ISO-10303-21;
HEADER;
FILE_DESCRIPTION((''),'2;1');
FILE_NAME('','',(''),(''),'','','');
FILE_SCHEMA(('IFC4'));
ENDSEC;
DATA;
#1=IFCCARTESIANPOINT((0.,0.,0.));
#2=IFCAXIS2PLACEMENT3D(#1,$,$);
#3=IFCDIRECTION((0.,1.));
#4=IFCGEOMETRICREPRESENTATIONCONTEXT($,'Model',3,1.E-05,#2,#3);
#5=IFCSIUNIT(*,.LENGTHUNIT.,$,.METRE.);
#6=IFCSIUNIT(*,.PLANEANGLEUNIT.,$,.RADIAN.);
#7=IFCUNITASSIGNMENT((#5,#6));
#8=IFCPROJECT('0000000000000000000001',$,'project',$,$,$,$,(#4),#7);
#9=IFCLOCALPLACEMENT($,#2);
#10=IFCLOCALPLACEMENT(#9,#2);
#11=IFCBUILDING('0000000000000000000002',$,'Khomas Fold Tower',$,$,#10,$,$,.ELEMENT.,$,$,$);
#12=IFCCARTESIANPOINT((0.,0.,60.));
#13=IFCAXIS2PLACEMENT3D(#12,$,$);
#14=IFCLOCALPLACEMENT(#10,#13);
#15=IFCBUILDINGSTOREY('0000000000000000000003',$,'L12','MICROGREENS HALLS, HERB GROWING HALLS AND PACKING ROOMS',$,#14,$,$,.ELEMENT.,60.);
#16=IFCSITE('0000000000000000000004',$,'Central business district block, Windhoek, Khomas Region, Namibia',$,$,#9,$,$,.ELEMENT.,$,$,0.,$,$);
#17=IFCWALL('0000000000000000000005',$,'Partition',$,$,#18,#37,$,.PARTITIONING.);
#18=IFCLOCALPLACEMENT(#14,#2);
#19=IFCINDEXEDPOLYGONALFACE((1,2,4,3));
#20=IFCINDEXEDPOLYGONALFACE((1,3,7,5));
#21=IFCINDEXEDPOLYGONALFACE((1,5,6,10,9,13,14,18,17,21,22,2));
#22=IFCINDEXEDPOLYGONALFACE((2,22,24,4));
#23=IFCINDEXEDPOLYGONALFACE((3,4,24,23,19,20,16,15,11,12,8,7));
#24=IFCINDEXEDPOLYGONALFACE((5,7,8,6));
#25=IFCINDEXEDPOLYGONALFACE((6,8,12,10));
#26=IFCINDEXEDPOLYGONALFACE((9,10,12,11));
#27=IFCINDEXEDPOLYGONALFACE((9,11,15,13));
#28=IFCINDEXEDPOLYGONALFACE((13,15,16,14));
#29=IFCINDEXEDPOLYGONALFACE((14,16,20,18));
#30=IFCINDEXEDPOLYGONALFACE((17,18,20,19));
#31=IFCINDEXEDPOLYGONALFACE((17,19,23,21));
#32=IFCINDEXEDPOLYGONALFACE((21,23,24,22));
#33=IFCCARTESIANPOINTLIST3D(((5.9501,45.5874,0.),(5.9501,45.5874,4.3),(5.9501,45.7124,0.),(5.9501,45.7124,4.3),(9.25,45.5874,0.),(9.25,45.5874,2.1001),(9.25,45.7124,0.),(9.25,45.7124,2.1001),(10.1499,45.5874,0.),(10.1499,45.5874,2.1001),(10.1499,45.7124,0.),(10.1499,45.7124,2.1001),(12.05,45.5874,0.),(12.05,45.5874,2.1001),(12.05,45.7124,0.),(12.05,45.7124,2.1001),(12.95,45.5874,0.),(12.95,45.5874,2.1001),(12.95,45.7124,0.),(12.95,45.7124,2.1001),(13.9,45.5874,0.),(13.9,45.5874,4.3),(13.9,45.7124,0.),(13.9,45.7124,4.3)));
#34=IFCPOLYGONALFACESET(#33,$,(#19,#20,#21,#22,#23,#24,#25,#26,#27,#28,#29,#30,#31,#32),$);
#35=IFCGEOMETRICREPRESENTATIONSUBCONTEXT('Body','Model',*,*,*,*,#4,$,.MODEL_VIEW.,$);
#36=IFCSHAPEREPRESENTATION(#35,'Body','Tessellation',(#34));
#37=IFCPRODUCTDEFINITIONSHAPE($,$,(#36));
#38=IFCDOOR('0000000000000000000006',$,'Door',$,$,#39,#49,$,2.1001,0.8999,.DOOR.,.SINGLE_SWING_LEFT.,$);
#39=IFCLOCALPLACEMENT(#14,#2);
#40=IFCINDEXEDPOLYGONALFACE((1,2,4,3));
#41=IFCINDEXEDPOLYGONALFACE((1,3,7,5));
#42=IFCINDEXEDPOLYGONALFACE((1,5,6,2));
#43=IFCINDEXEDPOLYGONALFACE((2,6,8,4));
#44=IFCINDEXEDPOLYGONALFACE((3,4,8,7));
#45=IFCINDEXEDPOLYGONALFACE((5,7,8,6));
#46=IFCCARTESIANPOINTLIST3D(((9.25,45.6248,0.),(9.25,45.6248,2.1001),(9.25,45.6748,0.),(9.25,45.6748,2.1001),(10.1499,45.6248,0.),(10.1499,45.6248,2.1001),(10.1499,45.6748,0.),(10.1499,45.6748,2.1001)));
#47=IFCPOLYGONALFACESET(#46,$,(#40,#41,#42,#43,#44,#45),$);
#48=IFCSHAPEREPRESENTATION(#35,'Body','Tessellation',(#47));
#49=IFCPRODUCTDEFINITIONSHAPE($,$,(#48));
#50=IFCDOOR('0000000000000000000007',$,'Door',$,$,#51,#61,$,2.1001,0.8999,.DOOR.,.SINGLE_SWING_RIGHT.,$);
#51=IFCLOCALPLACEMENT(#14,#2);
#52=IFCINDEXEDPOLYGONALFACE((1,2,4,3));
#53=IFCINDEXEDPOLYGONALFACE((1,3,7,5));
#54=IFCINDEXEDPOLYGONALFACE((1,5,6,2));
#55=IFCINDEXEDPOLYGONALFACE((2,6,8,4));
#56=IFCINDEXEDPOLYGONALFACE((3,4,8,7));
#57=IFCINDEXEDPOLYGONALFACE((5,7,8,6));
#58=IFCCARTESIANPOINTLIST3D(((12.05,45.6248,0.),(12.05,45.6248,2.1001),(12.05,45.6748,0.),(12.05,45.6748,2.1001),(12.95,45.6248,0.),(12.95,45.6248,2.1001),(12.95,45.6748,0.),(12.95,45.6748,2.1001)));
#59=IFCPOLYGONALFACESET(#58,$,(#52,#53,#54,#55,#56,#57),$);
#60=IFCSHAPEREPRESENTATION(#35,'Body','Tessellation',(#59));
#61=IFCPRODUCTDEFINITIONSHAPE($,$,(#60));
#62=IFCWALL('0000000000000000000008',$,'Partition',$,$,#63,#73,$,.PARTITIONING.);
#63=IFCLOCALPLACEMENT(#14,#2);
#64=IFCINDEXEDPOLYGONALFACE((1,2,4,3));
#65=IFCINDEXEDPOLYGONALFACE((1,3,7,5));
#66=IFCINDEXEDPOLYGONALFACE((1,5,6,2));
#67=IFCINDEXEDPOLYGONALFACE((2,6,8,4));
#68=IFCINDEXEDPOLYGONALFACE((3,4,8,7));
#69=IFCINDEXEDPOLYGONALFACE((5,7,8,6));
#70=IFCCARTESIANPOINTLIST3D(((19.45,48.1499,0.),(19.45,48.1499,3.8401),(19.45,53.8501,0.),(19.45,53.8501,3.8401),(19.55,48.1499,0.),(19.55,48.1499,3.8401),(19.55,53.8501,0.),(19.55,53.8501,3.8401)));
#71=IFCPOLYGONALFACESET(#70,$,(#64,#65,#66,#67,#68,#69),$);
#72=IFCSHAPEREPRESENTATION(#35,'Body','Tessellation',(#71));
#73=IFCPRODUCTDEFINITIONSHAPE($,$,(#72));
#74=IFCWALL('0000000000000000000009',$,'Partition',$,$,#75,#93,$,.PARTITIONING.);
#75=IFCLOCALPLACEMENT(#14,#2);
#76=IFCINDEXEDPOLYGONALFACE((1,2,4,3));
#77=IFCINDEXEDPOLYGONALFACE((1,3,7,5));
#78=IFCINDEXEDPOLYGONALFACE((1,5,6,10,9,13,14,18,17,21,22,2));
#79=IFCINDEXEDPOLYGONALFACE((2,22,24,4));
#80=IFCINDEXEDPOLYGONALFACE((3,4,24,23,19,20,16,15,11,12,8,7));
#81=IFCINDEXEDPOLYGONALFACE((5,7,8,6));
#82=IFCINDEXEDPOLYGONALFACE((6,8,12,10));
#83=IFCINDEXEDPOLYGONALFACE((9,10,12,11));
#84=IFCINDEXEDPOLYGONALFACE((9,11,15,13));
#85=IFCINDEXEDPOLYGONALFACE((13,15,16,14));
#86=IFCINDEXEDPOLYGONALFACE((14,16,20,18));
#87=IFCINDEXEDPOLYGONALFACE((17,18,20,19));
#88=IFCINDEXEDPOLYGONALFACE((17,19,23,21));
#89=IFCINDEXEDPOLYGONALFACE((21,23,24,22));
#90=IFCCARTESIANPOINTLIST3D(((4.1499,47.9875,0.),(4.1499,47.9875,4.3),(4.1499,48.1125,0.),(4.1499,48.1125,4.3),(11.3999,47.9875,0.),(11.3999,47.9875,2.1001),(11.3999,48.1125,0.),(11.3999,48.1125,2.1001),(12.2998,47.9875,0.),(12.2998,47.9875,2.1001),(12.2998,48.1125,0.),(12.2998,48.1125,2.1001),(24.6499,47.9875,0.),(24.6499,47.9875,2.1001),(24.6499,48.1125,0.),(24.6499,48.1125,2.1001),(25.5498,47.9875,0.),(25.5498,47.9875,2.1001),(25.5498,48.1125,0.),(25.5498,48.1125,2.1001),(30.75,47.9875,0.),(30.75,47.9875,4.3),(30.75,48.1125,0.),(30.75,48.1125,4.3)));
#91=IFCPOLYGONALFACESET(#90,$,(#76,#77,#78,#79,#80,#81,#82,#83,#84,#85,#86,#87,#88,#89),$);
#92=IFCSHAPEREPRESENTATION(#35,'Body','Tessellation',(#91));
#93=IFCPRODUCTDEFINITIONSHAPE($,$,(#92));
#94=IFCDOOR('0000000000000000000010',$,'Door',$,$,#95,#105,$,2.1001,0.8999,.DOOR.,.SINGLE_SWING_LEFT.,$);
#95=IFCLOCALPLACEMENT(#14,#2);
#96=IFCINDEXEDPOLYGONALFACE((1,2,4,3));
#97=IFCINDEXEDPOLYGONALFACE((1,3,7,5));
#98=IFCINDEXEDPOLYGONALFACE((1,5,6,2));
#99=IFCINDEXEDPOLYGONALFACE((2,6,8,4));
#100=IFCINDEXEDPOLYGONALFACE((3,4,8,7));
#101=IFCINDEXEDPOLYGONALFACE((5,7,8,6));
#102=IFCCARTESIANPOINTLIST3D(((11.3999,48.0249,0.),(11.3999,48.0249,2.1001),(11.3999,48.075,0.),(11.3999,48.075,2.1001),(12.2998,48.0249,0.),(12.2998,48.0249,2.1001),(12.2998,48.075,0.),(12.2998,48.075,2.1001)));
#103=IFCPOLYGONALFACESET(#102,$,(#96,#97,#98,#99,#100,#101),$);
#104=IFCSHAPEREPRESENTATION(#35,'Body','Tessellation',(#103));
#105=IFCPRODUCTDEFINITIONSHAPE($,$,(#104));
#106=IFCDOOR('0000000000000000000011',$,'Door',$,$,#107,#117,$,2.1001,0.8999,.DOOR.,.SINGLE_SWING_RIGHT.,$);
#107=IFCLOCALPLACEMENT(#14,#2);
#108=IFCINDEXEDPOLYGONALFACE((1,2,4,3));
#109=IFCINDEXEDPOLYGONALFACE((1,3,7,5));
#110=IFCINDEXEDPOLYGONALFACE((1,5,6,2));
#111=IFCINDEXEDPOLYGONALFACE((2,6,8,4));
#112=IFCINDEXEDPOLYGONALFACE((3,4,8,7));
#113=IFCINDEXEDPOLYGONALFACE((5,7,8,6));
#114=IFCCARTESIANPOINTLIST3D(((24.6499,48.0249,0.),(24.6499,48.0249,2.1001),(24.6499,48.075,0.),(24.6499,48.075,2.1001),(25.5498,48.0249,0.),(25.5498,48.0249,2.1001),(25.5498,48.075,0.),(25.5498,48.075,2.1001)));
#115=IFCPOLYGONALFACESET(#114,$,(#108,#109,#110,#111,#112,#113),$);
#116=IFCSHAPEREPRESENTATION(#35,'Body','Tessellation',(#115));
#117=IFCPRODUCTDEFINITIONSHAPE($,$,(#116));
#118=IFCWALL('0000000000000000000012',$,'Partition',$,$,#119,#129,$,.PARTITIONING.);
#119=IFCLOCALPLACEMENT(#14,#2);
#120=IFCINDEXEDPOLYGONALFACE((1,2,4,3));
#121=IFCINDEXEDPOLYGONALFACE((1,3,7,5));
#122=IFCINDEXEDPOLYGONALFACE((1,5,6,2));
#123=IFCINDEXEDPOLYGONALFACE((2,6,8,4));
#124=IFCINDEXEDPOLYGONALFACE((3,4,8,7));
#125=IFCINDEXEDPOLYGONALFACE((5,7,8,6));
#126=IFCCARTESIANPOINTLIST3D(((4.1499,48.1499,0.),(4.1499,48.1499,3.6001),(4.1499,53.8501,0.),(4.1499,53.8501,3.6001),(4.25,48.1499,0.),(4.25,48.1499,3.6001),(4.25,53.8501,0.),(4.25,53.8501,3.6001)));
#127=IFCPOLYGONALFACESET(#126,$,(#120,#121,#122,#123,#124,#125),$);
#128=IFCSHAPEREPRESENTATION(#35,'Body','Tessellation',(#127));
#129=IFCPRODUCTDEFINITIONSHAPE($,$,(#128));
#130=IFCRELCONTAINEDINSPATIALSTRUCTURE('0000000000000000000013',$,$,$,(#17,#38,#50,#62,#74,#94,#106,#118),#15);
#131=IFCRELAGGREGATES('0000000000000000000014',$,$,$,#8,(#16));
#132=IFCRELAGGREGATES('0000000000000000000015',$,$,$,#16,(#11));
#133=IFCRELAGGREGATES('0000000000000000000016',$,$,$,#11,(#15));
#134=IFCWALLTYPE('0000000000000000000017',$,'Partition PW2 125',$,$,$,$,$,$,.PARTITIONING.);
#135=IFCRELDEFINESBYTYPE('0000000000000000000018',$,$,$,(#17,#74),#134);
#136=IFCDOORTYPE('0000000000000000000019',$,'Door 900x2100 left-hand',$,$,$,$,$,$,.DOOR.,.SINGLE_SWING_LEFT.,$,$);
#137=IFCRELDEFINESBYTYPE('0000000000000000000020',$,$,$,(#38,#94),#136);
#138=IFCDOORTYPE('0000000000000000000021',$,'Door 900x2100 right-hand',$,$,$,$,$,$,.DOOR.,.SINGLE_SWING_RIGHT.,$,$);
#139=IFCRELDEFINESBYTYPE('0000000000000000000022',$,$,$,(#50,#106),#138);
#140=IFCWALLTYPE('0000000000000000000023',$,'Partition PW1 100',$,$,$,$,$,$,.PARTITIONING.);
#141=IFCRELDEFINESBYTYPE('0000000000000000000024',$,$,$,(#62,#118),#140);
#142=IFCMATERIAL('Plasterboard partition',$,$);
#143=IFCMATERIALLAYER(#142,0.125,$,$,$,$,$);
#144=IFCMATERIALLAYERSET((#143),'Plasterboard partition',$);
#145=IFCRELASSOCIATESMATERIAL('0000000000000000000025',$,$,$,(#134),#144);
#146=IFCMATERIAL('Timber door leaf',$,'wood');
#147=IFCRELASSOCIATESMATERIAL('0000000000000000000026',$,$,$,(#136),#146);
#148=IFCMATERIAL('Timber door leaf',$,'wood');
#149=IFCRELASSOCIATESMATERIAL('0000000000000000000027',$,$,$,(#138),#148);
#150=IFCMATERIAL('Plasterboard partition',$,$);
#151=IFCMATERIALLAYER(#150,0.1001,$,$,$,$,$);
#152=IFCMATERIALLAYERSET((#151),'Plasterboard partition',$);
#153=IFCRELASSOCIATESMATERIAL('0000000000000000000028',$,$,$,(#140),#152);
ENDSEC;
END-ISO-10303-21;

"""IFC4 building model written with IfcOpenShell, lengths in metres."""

from ifc_helpers import new_model, si_unit, direction, frame, frame_2d, origin, place, context, subcontext, project, spatial, rectangle, extrude, source, transform, mapped, material, layer, layer_set, type_object, element, fill, save


model = new_model("IFC4")

# Units and contexts
model_context = context("Model", 3, precision=1e-05, world=origin(), true_north=direction((0.0, 1.0)))
body_context = subcontext(model_context, "Body", "Model", "MODEL_VIEW")
ifc_project = project(units=[si_unit("LENGTHUNIT", "METRE"), si_unit("PLANEANGLEUNIT", "RADIAN")], contexts=[model_context])

# Site, building, storey
site_placement = place(None, origin())
site = spatial("IfcSite", under=ifc_project, at=site_placement, Name="Central business district block, Windhoek, Khomas Region, Namibia", CompositionType="ELEMENT", RefElevation=0.0)
building_placement = place(site_placement, origin())
building = spatial("IfcBuilding", under=site, at=building_placement, Name="Khomas Fold Tower", CompositionType="ELEMENT")
storey_placement = place(building_placement, frame((0.0, 0.0, 60.0)))
storey = spatial("IfcBuildingStorey", under=building, at=storey_placement, Name="L12", Description="MICROGREENS HALLS, HERB GROWING HALLS AND PACKING ROOMS", CompositionType="ELEMENT", Elevation=60.0)

# Wall, openings, doors
ifc_material_1 = material(Name="Plasterboard partition")
ifc_layer_1 = layer(ifc_material_1, 0.125)
ifc_layer_set_1 = layer_set([ifc_layer_1], Name="Plasterboard partition")
wall_type_1 = type_object("IfcWallType", Name="Partition PW2 125", PredefinedType="PARTITIONING", material=ifc_layer_set_1)
shared_shape_1 = source(origin(), body_context, "Body", "SweptSolid", [
    extrude(rectangle(XDim=7.95, YDim=0.125, at=frame_2d((3.9751, 0.0))), origin(), (0.0, 0.0, 1.0), 4.3),
])
wall_1_placement = place(storey_placement, frame((5.95, 45.6499, 0.0), z_axis=(0.0, 0.0, 1.0), x_axis=(1.0, 0.0, 0.0)))
wall_1 = element("IfcWall", 1, at=wall_1_placement, inside=storey, type_object=wall_type_1, Name="Partition", PredefinedType="PARTITIONING", context=body_context, shape_type="MappedRepresentation", body=[
    mapped(shared_shape_1, transform((0.0, 0.0, 0.0))),
])
shared_shape_2 = source(origin(), body_context, "Body", "SweptSolid", [
    extrude(rectangle(XDim=0.8999, YDim=2.1001, at=frame_2d((0.45, 1.05))), frame((0.0, 0.0725, 0.0), z_axis=(0.0, -1.0, 0.0), x_axis=(1.0, 0.0, 0.0)), (0.0, 0.0, 1.0), 0.145),
])
opening_1_placement = place(wall_1_placement, frame((3.3, 0.0, 0.0)))
opening_1 = element("IfcOpeningElement", 2, at=opening_1_placement, cuts=wall_1, PredefinedType="OPENING", context=body_context, shape_type="MappedRepresentation", body=[
    mapped(shared_shape_2, transform((0.0, 0.0, 0.0))),
])
opening_2_placement = place(wall_1_placement, frame((6.1001, 0.0, 0.0)))
opening_2 = element("IfcOpeningElement", 3, at=opening_2_placement, cuts=wall_1, PredefinedType="OPENING", context=body_context, shape_type="MappedRepresentation", body=[
    mapped(shared_shape_2, transform((0.0, 0.0, 0.0))),
])
ifc_material_2 = material(Name="Timber door leaf", Category="wood")
door_type_1 = type_object("IfcDoorType", Name="Door 900x2100 left-hand", OperationType="SINGLE_SWING_LEFT", PredefinedType="DOOR", material=ifc_material_2)
shared_shape_3 = source(origin(), body_context, "Body", "SweptSolid", [
    extrude(rectangle(XDim=0.8999, YDim=2.1001, at=frame_2d((0.45, 1.05))), frame((0.0, 0.0249, 0.0), z_axis=(0.0, -1.0, 0.0), x_axis=(1.0, 0.0, 0.0)), (0.0, 0.0, 1.0), 0.05),
])
door_1_placement = place(opening_1_placement, origin())
door_1 = element("IfcDoor", 4, at=door_1_placement, inside=storey, type_object=door_type_1, Name="Door", OperationType="SINGLE_SWING_LEFT", OverallHeight=2.1001, OverallWidth=0.8999, PredefinedType="DOOR", context=body_context, shape_type="MappedRepresentation", body=[
    mapped(shared_shape_3, transform((0.0, 0.0, 0.0))),
])
fill(opening_1, door_1)
ifc_material_3 = material(Name="Timber door leaf", Category="wood")
door_type_2 = type_object("IfcDoorType", Name="Door 900x2100 right-hand", OperationType="SINGLE_SWING_RIGHT", PredefinedType="DOOR", material=ifc_material_3)
door_2_placement = place(opening_2_placement, origin())
door_2 = element("IfcDoor", 5, at=door_2_placement, inside=storey, type_object=door_type_2, Name="Door", OperationType="SINGLE_SWING_RIGHT", OverallHeight=2.1001, OverallWidth=0.8999, PredefinedType="DOOR", context=body_context, shape_type="MappedRepresentation", body=[
    mapped(shared_shape_3, transform((0.0, 0.0, 0.0))),
])
fill(opening_2, door_2)

# Wall
ifc_material_4 = material(Name="Plasterboard partition")
ifc_layer_2 = layer(ifc_material_4, 0.1001)
ifc_layer_set_2 = layer_set([ifc_layer_2], Name="Plasterboard partition")
wall_type_2 = type_object("IfcWallType", Name="Partition PW1 100", PredefinedType="PARTITIONING", material=ifc_layer_set_2)
shared_shape_4 = source(origin(), body_context, "Body", "SweptSolid", [
    extrude(rectangle(XDim=5.7002, YDim=0.1001, at=frame_2d((2.8501, 0.0))), origin(), (0.0, 0.0, 1.0), 3.8401),
])
wall_2_placement = place(storey_placement, frame((19.5, 48.1499, 0.0), z_axis=(0.0, 0.0, 1.0), x_axis=(0.0, 1.0, 0.0)))
element("IfcWall", 6, at=wall_2_placement, inside=storey, type_object=wall_type_2, Name="Partition", PredefinedType="PARTITIONING", context=body_context, shape_type="MappedRepresentation", body=[
    mapped(shared_shape_4, transform((0.0, 0.0, 0.0))),
])

# Wall, openings, doors
shared_shape_5 = source(origin(), body_context, "Body", "SweptSolid", [
    extrude(rectangle(XDim=26.6001, YDim=0.125, at=frame_2d((13.3, 0.0))), origin(), (0.0, 0.0, 1.0), 4.3),
])
wall_3_placement = place(storey_placement, frame((4.1499, 48.05, 0.0), z_axis=(0.0, 0.0, 1.0), x_axis=(1.0, 0.0, 0.0)))
wall_3 = element("IfcWall", 7, at=wall_3_placement, inside=storey, type_object=wall_type_1, Name="Partition", PredefinedType="PARTITIONING", context=body_context, shape_type="MappedRepresentation", body=[
    mapped(shared_shape_5, transform((0.0, 0.0, 0.0))),
])
opening_3_placement = place(wall_3_placement, frame((7.25, 0.0, 0.0)))
opening_3 = element("IfcOpeningElement", 8, at=opening_3_placement, cuts=wall_3, PredefinedType="OPENING", context=body_context, shape_type="MappedRepresentation", body=[
    mapped(shared_shape_2, transform((0.0, 0.0, 0.0))),
])
opening_4_placement = place(wall_3_placement, frame((20.5, 0.0, 0.0)))
opening_4 = element("IfcOpeningElement", 9, at=opening_4_placement, cuts=wall_3, PredefinedType="OPENING", context=body_context, shape_type="MappedRepresentation", body=[
    mapped(shared_shape_2, transform((0.0, 0.0, 0.0))),
])
door_3_placement = place(opening_3_placement, origin())
door_3 = element("IfcDoor", 10, at=door_3_placement, inside=storey, type_object=door_type_1, Name="Door", OperationType="SINGLE_SWING_LEFT", OverallHeight=2.1001, OverallWidth=0.8999, PredefinedType="DOOR", context=body_context, shape_type="MappedRepresentation", body=[
    mapped(shared_shape_3, transform((0.0, 0.0, 0.0))),
])
fill(opening_3, door_3)
door_4_placement = place(opening_4_placement, origin())
door_4 = element("IfcDoor", 11, at=door_4_placement, inside=storey, type_object=door_type_2, Name="Door", OperationType="SINGLE_SWING_RIGHT", OverallHeight=2.1001, OverallWidth=0.8999, PredefinedType="DOOR", context=body_context, shape_type="MappedRepresentation", body=[
    mapped(shared_shape_3, transform((0.0, 0.0, 0.0))),
])
fill(opening_4, door_4)

# Wall
shared_shape_6 = source(origin(), body_context, "Body", "SweptSolid", [
    extrude(rectangle(XDim=5.7002, YDim=0.1001, at=frame_2d((2.8501, 0.0))), origin(), (0.0, 0.0, 1.0), 3.6001),
])
wall_4_placement = place(storey_placement, frame((4.2, 48.1499, 0.0), z_axis=(0.0, 0.0, 1.0), x_axis=(0.0, 1.0, 0.0)))
element("IfcWall", 12, at=wall_4_placement, inside=storey, type_object=wall_type_2, Name="Partition", PredefinedType="PARTITIONING", context=body_context, shape_type="MappedRepresentation", body=[
    mapped(shared_shape_6, transform((0.0, 0.0, 0.0))),
])

save(model, "model.ifc")
